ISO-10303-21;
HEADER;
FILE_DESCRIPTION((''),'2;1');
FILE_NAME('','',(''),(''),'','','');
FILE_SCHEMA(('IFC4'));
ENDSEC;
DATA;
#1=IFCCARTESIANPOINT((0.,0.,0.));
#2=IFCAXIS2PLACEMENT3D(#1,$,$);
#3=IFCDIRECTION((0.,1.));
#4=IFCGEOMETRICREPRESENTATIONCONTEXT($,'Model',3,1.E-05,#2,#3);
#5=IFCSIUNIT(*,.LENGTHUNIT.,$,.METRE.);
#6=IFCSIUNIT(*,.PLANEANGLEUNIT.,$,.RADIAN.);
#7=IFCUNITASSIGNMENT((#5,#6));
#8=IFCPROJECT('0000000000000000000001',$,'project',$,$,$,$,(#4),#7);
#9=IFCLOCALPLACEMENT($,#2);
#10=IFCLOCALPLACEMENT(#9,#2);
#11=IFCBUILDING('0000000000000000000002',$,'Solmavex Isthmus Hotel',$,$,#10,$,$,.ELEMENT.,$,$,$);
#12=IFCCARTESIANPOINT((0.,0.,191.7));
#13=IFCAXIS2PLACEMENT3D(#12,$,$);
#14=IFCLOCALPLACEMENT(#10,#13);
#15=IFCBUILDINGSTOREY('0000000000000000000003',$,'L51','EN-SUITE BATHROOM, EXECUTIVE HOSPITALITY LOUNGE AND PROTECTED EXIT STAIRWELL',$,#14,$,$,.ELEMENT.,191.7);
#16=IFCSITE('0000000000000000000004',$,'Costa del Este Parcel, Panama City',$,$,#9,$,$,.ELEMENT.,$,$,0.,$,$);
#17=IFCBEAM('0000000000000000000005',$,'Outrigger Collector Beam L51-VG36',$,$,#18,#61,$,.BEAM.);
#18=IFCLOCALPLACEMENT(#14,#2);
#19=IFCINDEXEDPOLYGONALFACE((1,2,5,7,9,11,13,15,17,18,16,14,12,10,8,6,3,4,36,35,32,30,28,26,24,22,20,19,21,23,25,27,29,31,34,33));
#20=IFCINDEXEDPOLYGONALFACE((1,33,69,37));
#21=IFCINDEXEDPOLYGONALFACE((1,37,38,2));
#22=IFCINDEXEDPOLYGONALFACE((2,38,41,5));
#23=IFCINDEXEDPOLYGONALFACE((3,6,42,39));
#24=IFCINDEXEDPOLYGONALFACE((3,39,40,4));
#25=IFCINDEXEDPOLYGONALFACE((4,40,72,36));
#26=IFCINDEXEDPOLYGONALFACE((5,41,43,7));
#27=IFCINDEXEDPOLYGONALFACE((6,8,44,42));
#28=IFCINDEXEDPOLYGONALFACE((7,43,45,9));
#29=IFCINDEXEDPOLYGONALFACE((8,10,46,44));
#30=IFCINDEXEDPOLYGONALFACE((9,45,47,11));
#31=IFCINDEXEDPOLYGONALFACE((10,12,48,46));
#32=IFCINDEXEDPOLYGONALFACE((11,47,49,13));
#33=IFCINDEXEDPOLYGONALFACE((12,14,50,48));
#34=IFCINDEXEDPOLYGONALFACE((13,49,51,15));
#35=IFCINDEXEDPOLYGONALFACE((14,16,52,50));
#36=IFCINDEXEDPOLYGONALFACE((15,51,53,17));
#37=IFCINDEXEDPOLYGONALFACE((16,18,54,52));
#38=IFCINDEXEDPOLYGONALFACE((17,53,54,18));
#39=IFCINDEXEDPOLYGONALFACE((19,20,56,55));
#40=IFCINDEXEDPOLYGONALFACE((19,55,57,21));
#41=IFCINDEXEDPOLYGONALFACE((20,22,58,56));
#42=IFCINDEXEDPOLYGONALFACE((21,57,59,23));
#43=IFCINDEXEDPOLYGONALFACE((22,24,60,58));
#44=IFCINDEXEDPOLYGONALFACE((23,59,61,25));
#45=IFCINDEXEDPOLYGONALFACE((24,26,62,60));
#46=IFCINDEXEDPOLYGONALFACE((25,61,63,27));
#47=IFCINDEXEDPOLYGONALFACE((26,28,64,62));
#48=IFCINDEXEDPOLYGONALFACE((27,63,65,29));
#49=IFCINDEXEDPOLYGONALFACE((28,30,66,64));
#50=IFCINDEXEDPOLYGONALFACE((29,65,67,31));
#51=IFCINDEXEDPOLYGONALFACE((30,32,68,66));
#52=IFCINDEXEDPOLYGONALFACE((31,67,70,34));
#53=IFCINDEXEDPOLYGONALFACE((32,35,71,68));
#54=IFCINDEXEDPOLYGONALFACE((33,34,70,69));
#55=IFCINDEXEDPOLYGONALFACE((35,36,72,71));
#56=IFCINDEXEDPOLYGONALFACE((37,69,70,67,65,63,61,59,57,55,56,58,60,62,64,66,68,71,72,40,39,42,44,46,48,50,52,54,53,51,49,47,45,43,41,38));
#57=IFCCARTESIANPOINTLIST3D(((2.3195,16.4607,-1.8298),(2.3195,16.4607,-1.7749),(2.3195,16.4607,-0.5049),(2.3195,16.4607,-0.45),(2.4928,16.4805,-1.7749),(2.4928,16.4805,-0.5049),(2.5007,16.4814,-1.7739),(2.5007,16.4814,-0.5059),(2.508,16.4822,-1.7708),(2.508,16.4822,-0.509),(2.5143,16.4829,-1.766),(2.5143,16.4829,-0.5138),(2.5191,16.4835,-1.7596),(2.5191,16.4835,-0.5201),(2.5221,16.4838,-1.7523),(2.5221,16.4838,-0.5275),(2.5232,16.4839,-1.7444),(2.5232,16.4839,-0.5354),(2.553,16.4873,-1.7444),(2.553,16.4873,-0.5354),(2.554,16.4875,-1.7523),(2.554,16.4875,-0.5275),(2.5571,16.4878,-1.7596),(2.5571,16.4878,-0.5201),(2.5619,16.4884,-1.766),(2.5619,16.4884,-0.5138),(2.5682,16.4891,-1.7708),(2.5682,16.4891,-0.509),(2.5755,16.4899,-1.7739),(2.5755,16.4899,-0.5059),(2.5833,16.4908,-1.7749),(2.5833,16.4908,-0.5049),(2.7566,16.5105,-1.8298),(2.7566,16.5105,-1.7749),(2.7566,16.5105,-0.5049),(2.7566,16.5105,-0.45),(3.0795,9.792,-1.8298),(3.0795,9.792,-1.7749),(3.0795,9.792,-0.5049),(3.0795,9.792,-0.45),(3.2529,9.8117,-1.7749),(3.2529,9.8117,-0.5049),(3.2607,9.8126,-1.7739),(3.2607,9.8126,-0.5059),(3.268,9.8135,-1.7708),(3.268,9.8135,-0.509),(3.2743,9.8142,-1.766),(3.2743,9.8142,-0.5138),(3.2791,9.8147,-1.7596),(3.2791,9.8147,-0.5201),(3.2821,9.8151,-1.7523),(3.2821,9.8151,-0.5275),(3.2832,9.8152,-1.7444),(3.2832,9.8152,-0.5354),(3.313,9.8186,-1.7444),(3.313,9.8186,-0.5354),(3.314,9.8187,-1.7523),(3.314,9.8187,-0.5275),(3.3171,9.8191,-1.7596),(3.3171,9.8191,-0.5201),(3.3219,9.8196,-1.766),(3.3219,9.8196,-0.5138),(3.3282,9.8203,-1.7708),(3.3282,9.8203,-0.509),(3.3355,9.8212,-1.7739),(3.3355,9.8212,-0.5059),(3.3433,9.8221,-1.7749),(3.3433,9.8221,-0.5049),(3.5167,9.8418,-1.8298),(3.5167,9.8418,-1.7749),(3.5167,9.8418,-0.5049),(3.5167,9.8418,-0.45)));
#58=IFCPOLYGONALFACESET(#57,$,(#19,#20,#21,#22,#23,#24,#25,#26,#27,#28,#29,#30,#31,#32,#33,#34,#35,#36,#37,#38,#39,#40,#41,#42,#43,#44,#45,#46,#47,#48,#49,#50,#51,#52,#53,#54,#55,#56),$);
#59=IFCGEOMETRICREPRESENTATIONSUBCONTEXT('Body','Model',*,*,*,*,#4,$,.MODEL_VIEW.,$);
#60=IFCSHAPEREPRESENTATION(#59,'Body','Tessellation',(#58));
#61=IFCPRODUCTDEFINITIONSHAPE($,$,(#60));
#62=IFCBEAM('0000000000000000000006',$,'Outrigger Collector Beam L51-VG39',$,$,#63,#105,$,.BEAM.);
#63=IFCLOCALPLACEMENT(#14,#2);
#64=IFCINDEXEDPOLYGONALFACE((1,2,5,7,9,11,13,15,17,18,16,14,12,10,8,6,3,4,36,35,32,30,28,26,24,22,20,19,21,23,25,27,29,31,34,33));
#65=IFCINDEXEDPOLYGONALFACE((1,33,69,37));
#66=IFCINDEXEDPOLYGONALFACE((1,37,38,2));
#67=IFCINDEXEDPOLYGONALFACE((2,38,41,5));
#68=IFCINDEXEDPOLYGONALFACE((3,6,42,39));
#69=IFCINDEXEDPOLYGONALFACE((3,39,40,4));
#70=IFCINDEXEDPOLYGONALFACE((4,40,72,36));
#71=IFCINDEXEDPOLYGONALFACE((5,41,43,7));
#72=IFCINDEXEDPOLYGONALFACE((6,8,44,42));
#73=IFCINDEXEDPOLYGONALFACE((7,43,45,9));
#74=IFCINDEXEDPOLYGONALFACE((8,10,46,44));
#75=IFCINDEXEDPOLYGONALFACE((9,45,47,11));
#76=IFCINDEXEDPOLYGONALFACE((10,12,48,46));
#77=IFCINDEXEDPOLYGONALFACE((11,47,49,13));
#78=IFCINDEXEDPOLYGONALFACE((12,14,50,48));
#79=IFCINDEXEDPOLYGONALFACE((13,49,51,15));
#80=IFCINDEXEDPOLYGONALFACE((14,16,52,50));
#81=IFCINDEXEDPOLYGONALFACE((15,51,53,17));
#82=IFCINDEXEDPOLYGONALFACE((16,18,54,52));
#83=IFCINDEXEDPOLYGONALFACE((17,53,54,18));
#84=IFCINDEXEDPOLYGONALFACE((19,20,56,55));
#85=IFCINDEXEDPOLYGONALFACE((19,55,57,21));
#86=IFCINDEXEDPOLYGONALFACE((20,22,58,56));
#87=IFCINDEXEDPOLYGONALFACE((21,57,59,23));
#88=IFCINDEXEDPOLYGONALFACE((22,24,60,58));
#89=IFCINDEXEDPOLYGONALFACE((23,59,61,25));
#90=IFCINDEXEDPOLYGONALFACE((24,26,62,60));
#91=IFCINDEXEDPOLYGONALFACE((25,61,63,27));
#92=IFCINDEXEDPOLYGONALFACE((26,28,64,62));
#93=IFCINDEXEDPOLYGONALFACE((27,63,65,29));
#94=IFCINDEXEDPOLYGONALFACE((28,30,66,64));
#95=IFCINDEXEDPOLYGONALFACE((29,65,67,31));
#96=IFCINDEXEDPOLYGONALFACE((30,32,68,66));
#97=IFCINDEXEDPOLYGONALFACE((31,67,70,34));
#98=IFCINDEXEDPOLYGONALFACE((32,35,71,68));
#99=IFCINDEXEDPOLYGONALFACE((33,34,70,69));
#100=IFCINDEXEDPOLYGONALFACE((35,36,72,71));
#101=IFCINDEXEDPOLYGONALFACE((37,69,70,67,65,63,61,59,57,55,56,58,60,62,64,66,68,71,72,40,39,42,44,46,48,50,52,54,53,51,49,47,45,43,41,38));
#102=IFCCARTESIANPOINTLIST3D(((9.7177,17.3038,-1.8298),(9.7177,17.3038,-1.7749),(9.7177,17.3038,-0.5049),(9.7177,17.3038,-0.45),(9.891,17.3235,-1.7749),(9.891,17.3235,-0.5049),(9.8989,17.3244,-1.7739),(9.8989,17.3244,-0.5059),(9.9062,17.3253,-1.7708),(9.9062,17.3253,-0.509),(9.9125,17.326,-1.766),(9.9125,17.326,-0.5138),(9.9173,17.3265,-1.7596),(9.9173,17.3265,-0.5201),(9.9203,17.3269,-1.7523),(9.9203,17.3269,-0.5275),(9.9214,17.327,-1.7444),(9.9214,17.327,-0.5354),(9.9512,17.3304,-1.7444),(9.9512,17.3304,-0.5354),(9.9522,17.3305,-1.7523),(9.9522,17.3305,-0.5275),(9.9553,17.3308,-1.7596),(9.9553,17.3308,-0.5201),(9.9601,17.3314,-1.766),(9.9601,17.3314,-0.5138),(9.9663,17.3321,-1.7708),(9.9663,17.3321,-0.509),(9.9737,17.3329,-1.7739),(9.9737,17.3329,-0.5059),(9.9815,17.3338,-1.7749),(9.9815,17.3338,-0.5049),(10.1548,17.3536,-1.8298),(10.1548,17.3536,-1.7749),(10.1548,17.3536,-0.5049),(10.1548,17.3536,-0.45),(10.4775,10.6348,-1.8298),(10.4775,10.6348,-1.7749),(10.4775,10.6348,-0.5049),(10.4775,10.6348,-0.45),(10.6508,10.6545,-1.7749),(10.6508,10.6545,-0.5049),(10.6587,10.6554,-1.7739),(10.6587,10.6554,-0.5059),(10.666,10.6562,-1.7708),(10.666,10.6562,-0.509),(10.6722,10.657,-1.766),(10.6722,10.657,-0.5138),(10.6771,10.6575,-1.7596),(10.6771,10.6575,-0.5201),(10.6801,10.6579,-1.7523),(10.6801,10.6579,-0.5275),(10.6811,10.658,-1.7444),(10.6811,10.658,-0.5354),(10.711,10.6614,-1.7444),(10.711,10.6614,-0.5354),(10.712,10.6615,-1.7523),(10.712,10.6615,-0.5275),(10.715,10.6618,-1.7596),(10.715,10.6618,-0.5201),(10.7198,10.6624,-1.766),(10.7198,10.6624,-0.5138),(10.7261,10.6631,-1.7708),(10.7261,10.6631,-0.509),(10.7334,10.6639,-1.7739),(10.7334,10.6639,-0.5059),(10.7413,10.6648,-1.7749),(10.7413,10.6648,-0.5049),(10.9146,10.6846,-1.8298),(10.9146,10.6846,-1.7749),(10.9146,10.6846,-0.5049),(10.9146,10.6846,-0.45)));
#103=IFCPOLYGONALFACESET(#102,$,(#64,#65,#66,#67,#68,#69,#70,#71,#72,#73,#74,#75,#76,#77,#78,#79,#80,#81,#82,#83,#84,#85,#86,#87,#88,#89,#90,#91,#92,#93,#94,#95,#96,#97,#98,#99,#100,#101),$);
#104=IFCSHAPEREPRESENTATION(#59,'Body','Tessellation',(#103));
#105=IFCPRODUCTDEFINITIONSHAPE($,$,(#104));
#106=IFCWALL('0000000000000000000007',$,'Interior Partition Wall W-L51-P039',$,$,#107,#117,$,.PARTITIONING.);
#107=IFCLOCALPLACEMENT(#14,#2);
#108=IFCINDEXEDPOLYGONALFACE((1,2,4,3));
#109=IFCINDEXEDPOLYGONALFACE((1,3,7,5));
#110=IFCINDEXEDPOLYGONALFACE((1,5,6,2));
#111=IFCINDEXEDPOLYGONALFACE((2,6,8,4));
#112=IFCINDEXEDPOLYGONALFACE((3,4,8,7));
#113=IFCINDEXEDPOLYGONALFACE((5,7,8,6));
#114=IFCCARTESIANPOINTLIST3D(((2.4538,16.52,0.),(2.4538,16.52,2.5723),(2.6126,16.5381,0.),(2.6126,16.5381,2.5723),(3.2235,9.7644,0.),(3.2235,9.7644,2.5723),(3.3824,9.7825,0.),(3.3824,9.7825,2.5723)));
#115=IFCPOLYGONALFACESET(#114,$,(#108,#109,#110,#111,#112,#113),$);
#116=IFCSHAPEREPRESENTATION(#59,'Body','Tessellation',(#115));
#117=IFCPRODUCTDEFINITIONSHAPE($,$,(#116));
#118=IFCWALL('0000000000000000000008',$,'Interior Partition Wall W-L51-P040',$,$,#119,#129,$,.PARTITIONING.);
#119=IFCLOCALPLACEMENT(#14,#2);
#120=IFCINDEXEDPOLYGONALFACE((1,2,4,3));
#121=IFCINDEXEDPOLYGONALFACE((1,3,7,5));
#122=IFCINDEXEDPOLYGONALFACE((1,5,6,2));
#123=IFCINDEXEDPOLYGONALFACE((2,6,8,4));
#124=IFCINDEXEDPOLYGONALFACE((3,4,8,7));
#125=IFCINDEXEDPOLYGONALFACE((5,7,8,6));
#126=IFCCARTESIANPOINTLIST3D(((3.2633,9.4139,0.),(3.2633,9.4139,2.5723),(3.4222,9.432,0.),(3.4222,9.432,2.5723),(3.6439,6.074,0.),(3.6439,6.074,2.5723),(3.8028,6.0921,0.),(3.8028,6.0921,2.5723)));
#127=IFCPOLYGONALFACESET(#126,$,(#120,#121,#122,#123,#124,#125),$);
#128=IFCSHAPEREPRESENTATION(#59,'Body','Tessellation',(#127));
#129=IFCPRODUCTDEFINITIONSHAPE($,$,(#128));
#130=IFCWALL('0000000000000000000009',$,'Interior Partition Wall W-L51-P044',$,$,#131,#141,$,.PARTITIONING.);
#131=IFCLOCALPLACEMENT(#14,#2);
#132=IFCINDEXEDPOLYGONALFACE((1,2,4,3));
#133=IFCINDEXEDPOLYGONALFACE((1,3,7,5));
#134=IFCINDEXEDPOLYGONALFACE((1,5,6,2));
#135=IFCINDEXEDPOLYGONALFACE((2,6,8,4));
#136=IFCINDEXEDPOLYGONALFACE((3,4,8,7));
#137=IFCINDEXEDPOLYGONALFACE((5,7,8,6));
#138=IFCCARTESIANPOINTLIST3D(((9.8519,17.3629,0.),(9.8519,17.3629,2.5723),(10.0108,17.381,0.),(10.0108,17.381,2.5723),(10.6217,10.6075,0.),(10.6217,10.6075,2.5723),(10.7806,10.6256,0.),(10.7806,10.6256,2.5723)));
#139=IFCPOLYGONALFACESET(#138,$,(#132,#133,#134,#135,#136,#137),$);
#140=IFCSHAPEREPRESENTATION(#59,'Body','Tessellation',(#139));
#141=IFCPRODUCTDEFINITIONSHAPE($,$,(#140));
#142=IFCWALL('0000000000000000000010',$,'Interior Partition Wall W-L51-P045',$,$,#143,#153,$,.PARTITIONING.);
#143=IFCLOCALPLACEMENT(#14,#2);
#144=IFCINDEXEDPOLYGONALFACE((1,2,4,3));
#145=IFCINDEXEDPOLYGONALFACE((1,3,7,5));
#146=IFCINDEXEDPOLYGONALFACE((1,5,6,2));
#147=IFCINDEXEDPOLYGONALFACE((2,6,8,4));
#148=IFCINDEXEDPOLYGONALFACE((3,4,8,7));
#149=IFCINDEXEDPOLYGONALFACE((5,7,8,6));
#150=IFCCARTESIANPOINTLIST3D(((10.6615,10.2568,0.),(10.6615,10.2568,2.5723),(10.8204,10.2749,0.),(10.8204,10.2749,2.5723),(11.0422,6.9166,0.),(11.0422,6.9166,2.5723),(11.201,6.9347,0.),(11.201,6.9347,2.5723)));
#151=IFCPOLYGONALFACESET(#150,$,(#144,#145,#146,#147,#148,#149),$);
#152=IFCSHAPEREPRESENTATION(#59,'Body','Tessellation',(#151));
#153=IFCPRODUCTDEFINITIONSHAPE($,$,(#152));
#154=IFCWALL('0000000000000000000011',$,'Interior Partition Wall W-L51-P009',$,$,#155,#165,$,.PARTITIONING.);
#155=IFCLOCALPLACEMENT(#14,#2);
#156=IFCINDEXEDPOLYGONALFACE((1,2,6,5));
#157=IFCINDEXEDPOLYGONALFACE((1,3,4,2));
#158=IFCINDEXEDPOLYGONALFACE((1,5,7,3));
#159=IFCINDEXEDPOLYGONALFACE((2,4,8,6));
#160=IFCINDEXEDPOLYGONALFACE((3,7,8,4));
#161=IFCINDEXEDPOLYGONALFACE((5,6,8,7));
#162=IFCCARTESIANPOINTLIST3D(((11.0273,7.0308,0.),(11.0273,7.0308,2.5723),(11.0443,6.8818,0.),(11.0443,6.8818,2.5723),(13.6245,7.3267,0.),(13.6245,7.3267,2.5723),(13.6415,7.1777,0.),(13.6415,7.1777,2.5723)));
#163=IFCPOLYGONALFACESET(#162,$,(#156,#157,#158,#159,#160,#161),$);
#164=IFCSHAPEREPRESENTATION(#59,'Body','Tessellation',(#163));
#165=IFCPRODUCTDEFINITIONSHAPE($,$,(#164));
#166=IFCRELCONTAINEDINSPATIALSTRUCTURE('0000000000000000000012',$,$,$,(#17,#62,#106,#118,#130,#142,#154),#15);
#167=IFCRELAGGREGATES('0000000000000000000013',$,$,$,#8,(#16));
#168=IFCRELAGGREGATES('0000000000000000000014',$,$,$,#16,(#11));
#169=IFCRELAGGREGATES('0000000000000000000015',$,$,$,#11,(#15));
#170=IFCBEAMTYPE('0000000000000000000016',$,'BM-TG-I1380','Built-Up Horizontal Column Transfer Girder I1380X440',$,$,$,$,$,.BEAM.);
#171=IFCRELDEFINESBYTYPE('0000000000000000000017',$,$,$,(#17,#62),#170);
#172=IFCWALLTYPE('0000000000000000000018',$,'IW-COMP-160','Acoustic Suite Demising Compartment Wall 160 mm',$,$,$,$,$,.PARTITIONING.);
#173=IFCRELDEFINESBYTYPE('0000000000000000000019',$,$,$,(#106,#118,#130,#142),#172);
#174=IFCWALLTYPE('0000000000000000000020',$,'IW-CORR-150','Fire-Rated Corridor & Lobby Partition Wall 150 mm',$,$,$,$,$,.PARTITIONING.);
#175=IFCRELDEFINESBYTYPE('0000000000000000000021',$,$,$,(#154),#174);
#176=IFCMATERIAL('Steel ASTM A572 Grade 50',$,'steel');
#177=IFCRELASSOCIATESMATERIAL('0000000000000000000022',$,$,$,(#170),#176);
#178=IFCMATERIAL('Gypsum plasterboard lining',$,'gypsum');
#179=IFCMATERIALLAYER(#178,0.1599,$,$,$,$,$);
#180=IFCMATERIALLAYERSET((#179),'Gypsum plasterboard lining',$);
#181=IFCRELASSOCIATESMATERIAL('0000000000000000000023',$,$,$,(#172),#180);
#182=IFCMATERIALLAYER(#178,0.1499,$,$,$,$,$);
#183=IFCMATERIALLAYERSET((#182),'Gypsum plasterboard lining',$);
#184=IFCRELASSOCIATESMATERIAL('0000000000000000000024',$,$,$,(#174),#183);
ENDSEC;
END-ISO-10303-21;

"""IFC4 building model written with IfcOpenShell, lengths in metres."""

from ifc_helpers import new_model, si_unit, direction, frame, frame_2d, origin, origin_2d, place, context, subcontext, project, spatial, rectangle, i_section, extrude, material, layer, layer_set, material_profile, profile_set, type_object, element, save


model = new_model("IFC4")

# Units and contexts
model_context = context("Model", 3, precision=1e-05, world=origin(), true_north=direction((0.0, 1.0)))
body_context = subcontext(model_context, "Body", "Model", "MODEL_VIEW")
ifc_project = project(units=[si_unit("LENGTHUNIT", "METRE"), si_unit("PLANEANGLEUNIT", "RADIAN")], contexts=[model_context])

# Site, building, storey
site_placement = place(None, origin())
site = spatial("IfcSite", under=ifc_project, at=site_placement, Name="Costa del Este Parcel, Panama City", CompositionType="ELEMENT", RefElevation=0.0)
building_placement = place(site_placement, origin())
building = spatial("IfcBuilding", under=site, at=building_placement, Name="Solmavex Isthmus Hotel", CompositionType="ELEMENT")
storey_placement = place(building_placement, frame((0.0, 0.0, 191.7)))
storey = spatial("IfcBuildingStorey", under=building, at=storey_placement, Name="L51", Description="EN-SUITE BATHROOM, EXECUTIVE HOSPITALITY LOUNGE AND PROTECTED EXIT STAIRWELL", CompositionType="ELEMENT", Elevation=191.7)

# Beams
ifc_material_1 = material(Name="Steel ASTM A572 Grade 50", Category="steel")
ifc_material_profile_1 = material_profile(ifc_material_1, i_section(OverallWidth=0.4399, OverallDepth=1.3799, WebThickness=0.03, FlangeThickness=0.0549, FilletRadius=0.0305, at=origin_2d()), Name="I1380X440")
ifc_profile_set_1 = profile_set([ifc_material_profile_1], Name="Steel ASTM A572 Grade 50")
beam_type_1 = type_object("IfcBeamType", Name="BM-TG-I1380", Description="Built-Up Horizontal Column Transfer Girder I1380X440", PredefinedType="BEAM", material=ifc_profile_set_1)
beam_1_placement = place(storey_placement, frame((3.2981, 9.8169, -1.1399), z_axis=(-0.113234, 0.993568, 0.0), x_axis=(-0.993568, -0.113234, 0.0)))
element("IfcBeam", 1, at=beam_1_placement, inside=storey, type_object=beam_type_1, Name="Outrigger Collector Beam L51-VG36", PredefinedType="BEAM", context=body_context, shape_type="SweptSolid", body=[
    extrude(i_section(OverallWidth=0.4399, OverallDepth=1.3799, WebThickness=0.03, FlangeThickness=0.0549, FilletRadius=0.0305, at=origin_2d()), origin(), (0.0, 0.0, 1.0), 6.7119),
])
beam_2_placement = place(storey_placement, frame((10.696, 10.6597, -1.1399), z_axis=(-0.113194, 0.993573, 0.0), x_axis=(-0.993573, -0.113194, 0.0)))
element("IfcBeam", 2, at=beam_2_placement, inside=storey, type_object=beam_type_1, Name="Outrigger Collector Beam L51-VG39", PredefinedType="BEAM", context=body_context, shape_type="SweptSolid", body=[
    extrude(i_section(OverallWidth=0.4399, OverallDepth=1.3799, WebThickness=0.03, FlangeThickness=0.0549, FilletRadius=0.0305, at=origin_2d()), origin(), (0.0, 0.0, 1.0), 6.7122),
])

# Walls
ifc_material_2 = material(Name="Gypsum plasterboard lining", Category="gypsum")
ifc_layer_1 = layer(ifc_material_2, 0.1599)
ifc_layer_set_1 = layer_set([ifc_layer_1], Name="Gypsum plasterboard lining")
wall_type_1 = type_object("IfcWallType", Name="IW-COMP-160", Description="Acoustic Suite Demising Compartment Wall 160 mm", PredefinedType="PARTITIONING", material=ifc_layer_set_1)
wall_1_placement = place(storey_placement, frame((2.5332, 16.5291, 0.0), z_axis=(0.0, 0.0, 1.0), x_axis=(0.113213, -0.993571, 0.0)))
element("IfcWall", 3, at=wall_1_placement, inside=storey, type_object=wall_type_1, Name="Interior Partition Wall W-L51-P039", PredefinedType="PARTITIONING", context=body_context, shape_type="SweptSolid", body=[
    extrude(rectangle(XDim=6.7993, YDim=0.1599, at=frame_2d((3.3997, 0.0))), origin(), (0.0, 0.0, 1.0), 2.5723),
])
wall_2_placement = place(storey_placement, frame((3.3428, 9.4229, 0.0), z_axis=(0.0, 0.0, 1.0), x_axis=(0.113229, -0.993569, 0.0)))
element("IfcWall", 4, at=wall_2_placement, inside=storey, type_object=wall_type_1, Name="Interior Partition Wall W-L51-P040", PredefinedType="PARTITIONING", context=body_context, shape_type="SweptSolid", body=[
    extrude(rectangle(XDim=3.3616, YDim=0.1599, at=frame_2d((1.6807, 0.0))), origin(), (0.0, 0.0, 1.0), 2.5723),
])
wall_3_placement = place(storey_placement, frame((9.9314, 17.3718, 0.0), z_axis=(0.0, 0.0, 1.0), x_axis=(0.113217, -0.99357, 0.0)))
element("IfcWall", 5, at=wall_3_placement, inside=storey, type_object=wall_type_1, Name="Interior Partition Wall W-L51-P044", PredefinedType="PARTITIONING", context=body_context, shape_type="SweptSolid", body=[
    extrude(rectangle(XDim=6.7991, YDim=0.1599, at=frame_2d((3.3994, 0.0))), origin(), (0.0, 0.0, 1.0), 2.5723),
])
wall_4_placement = place(storey_placement, frame((10.741, 10.2659, 0.0), z_axis=(0.0, 0.0, 1.0), x_axis=(0.113221, -0.99357, 0.0)))
element("IfcWall", 6, at=wall_4_placement, inside=storey, type_object=wall_type_1, Name="Interior Partition Wall W-L51-P045", PredefinedType="PARTITIONING", context=body_context, shape_type="SweptSolid", body=[
    extrude(rectangle(XDim=3.3618, YDim=0.1599, at=frame_2d((1.6809, 0.0))), origin(), (0.0, 0.0, 1.0), 2.5723),
])

# Shared definitions
ifc_layer_2 = layer(ifc_material_2, 0.1499)
ifc_layer_set_2 = layer_set([ifc_layer_2], Name="Gypsum plasterboard lining")
wall_type_2 = type_object("IfcWallType", Name="IW-CORR-150", Description="Fire-Rated Corridor & Lobby Partition Wall 150 mm", PredefinedType="PARTITIONING", material=ifc_layer_set_2)

# Wall
wall_5_placement = place(storey_placement, frame((11.0356, 6.9563, 0.0), z_axis=(0.0, 0.0, 1.0), x_axis=(0.993572, 0.113199, 0.0)))
element("IfcWall", 7, at=wall_5_placement, inside=storey, type_object=wall_type_2, Name="Interior Partition Wall W-L51-P009", PredefinedType="PARTITIONING", context=body_context, shape_type="SweptSolid", body=[
    extrude(rectangle(XDim=2.614, YDim=0.1499, at=frame_2d((1.3071, 0.0))), origin(), (0.0, 0.0, 1.0), 2.5723),
])

save(model, "model.ifc")
